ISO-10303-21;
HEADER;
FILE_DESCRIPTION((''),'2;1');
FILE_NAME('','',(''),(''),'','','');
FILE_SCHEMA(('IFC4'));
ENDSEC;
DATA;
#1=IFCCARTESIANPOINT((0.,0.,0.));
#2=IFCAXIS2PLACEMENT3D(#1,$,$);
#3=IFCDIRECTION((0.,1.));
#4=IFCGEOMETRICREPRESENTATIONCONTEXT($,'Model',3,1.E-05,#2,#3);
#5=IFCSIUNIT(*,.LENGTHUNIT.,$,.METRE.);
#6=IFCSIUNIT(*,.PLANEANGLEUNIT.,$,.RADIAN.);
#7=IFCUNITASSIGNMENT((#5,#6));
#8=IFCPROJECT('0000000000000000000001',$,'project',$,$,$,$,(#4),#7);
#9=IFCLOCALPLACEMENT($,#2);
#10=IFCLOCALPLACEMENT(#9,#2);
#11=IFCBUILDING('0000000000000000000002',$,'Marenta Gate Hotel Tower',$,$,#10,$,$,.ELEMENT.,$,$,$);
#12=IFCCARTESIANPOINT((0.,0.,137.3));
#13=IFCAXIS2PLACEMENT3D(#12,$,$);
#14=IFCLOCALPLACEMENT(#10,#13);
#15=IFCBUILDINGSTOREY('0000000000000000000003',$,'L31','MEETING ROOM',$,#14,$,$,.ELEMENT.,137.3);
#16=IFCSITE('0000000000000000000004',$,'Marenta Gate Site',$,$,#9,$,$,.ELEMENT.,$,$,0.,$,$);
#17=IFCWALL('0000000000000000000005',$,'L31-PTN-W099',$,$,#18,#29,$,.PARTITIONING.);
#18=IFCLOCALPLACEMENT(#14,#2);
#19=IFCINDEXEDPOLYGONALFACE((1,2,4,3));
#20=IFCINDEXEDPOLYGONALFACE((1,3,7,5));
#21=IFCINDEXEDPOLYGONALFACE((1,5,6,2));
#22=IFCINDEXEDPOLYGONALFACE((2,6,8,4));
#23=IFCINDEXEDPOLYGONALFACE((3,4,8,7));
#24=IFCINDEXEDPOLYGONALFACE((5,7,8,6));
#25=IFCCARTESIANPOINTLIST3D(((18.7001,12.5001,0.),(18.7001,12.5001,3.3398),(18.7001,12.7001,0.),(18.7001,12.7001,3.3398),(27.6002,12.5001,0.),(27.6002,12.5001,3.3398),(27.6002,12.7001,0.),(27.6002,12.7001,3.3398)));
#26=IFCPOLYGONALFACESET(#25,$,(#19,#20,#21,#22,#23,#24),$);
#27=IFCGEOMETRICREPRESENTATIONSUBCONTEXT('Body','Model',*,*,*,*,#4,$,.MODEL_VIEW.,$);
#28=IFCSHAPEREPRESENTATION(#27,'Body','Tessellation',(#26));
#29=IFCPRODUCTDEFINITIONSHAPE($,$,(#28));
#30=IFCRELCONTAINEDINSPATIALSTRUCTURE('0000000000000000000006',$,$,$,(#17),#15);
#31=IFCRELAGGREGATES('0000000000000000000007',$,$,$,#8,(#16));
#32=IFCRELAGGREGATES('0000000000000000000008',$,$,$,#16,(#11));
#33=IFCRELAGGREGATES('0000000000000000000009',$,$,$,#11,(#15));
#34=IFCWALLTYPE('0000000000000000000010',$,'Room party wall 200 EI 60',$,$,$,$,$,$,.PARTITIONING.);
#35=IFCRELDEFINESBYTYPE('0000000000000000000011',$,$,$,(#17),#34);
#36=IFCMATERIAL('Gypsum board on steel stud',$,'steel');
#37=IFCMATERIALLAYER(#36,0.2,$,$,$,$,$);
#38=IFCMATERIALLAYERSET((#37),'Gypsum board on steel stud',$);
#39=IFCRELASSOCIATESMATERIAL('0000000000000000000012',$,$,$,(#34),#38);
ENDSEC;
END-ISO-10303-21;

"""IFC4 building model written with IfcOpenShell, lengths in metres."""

from ifc_helpers import new_model, si_unit, direction, frame, frame_2d, origin, place, context, subcontext, project, spatial, rectangle, extrude, material, layer, layer_set, type_object, element, save


model = new_model("IFC4")

# Units and contexts
model_context = context("Model", 3, precision=1e-05, world=origin(), true_north=direction((0.0, 1.0)))
body_context = subcontext(model_context, "Body", "Model", "MODEL_VIEW")
ifc_project = project(units=[si_unit("LENGTHUNIT", "METRE"), si_unit("PLANEANGLEUNIT", "RADIAN")], contexts=[model_context])

# Site, building, storey
site_placement = place(None, origin())
site = spatial("IfcSite", under=ifc_project, at=site_placement, Name="Marenta Gate Site", CompositionType="ELEMENT", RefElevation=0.0)
building_placement = place(site_placement, origin())
building = spatial("IfcBuilding", under=site, at=building_placement, Name="Marenta Gate Hotel Tower", CompositionType="ELEMENT")
storey_placement = place(building_placement, frame((0.0, 0.0, 137.3)))
storey = spatial("IfcBuildingStorey", under=building, at=storey_placement, Name="L31", Description="MEETING ROOM", CompositionType="ELEMENT", Elevation=137.3)

# Wall
ifc_material_1 = material(Name="Gypsum board on steel stud", Category="steel")
ifc_layer_1 = layer(ifc_material_1, 0.2)
ifc_layer_set_1 = layer_set([ifc_layer_1], Name="Gypsum board on steel stud")
wall_type_1 = type_object("IfcWallType", Name="Room party wall 200 EI 60", PredefinedType="PARTITIONING", material=ifc_layer_set_1)
wall_1_placement = place(storey_placement, frame((18.7, 12.6001, 0.0), z_axis=(0.0, 0.0, 1.0), x_axis=(1.0, 0.0, 0.0)))
element("IfcWall", 1, at=wall_1_placement, inside=storey, type_object=wall_type_1, Name="L31-PTN-W099", PredefinedType="PARTITIONING", context=body_context, shape_type="SweptSolid", body=[
    extrude(rectangle(XDim=8.9001, YDim=0.2, at=frame_2d((4.4502, 0.0))), origin(), (0.0, 0.0, 1.0), 3.3398),
])

save(model, "model.ifc")
